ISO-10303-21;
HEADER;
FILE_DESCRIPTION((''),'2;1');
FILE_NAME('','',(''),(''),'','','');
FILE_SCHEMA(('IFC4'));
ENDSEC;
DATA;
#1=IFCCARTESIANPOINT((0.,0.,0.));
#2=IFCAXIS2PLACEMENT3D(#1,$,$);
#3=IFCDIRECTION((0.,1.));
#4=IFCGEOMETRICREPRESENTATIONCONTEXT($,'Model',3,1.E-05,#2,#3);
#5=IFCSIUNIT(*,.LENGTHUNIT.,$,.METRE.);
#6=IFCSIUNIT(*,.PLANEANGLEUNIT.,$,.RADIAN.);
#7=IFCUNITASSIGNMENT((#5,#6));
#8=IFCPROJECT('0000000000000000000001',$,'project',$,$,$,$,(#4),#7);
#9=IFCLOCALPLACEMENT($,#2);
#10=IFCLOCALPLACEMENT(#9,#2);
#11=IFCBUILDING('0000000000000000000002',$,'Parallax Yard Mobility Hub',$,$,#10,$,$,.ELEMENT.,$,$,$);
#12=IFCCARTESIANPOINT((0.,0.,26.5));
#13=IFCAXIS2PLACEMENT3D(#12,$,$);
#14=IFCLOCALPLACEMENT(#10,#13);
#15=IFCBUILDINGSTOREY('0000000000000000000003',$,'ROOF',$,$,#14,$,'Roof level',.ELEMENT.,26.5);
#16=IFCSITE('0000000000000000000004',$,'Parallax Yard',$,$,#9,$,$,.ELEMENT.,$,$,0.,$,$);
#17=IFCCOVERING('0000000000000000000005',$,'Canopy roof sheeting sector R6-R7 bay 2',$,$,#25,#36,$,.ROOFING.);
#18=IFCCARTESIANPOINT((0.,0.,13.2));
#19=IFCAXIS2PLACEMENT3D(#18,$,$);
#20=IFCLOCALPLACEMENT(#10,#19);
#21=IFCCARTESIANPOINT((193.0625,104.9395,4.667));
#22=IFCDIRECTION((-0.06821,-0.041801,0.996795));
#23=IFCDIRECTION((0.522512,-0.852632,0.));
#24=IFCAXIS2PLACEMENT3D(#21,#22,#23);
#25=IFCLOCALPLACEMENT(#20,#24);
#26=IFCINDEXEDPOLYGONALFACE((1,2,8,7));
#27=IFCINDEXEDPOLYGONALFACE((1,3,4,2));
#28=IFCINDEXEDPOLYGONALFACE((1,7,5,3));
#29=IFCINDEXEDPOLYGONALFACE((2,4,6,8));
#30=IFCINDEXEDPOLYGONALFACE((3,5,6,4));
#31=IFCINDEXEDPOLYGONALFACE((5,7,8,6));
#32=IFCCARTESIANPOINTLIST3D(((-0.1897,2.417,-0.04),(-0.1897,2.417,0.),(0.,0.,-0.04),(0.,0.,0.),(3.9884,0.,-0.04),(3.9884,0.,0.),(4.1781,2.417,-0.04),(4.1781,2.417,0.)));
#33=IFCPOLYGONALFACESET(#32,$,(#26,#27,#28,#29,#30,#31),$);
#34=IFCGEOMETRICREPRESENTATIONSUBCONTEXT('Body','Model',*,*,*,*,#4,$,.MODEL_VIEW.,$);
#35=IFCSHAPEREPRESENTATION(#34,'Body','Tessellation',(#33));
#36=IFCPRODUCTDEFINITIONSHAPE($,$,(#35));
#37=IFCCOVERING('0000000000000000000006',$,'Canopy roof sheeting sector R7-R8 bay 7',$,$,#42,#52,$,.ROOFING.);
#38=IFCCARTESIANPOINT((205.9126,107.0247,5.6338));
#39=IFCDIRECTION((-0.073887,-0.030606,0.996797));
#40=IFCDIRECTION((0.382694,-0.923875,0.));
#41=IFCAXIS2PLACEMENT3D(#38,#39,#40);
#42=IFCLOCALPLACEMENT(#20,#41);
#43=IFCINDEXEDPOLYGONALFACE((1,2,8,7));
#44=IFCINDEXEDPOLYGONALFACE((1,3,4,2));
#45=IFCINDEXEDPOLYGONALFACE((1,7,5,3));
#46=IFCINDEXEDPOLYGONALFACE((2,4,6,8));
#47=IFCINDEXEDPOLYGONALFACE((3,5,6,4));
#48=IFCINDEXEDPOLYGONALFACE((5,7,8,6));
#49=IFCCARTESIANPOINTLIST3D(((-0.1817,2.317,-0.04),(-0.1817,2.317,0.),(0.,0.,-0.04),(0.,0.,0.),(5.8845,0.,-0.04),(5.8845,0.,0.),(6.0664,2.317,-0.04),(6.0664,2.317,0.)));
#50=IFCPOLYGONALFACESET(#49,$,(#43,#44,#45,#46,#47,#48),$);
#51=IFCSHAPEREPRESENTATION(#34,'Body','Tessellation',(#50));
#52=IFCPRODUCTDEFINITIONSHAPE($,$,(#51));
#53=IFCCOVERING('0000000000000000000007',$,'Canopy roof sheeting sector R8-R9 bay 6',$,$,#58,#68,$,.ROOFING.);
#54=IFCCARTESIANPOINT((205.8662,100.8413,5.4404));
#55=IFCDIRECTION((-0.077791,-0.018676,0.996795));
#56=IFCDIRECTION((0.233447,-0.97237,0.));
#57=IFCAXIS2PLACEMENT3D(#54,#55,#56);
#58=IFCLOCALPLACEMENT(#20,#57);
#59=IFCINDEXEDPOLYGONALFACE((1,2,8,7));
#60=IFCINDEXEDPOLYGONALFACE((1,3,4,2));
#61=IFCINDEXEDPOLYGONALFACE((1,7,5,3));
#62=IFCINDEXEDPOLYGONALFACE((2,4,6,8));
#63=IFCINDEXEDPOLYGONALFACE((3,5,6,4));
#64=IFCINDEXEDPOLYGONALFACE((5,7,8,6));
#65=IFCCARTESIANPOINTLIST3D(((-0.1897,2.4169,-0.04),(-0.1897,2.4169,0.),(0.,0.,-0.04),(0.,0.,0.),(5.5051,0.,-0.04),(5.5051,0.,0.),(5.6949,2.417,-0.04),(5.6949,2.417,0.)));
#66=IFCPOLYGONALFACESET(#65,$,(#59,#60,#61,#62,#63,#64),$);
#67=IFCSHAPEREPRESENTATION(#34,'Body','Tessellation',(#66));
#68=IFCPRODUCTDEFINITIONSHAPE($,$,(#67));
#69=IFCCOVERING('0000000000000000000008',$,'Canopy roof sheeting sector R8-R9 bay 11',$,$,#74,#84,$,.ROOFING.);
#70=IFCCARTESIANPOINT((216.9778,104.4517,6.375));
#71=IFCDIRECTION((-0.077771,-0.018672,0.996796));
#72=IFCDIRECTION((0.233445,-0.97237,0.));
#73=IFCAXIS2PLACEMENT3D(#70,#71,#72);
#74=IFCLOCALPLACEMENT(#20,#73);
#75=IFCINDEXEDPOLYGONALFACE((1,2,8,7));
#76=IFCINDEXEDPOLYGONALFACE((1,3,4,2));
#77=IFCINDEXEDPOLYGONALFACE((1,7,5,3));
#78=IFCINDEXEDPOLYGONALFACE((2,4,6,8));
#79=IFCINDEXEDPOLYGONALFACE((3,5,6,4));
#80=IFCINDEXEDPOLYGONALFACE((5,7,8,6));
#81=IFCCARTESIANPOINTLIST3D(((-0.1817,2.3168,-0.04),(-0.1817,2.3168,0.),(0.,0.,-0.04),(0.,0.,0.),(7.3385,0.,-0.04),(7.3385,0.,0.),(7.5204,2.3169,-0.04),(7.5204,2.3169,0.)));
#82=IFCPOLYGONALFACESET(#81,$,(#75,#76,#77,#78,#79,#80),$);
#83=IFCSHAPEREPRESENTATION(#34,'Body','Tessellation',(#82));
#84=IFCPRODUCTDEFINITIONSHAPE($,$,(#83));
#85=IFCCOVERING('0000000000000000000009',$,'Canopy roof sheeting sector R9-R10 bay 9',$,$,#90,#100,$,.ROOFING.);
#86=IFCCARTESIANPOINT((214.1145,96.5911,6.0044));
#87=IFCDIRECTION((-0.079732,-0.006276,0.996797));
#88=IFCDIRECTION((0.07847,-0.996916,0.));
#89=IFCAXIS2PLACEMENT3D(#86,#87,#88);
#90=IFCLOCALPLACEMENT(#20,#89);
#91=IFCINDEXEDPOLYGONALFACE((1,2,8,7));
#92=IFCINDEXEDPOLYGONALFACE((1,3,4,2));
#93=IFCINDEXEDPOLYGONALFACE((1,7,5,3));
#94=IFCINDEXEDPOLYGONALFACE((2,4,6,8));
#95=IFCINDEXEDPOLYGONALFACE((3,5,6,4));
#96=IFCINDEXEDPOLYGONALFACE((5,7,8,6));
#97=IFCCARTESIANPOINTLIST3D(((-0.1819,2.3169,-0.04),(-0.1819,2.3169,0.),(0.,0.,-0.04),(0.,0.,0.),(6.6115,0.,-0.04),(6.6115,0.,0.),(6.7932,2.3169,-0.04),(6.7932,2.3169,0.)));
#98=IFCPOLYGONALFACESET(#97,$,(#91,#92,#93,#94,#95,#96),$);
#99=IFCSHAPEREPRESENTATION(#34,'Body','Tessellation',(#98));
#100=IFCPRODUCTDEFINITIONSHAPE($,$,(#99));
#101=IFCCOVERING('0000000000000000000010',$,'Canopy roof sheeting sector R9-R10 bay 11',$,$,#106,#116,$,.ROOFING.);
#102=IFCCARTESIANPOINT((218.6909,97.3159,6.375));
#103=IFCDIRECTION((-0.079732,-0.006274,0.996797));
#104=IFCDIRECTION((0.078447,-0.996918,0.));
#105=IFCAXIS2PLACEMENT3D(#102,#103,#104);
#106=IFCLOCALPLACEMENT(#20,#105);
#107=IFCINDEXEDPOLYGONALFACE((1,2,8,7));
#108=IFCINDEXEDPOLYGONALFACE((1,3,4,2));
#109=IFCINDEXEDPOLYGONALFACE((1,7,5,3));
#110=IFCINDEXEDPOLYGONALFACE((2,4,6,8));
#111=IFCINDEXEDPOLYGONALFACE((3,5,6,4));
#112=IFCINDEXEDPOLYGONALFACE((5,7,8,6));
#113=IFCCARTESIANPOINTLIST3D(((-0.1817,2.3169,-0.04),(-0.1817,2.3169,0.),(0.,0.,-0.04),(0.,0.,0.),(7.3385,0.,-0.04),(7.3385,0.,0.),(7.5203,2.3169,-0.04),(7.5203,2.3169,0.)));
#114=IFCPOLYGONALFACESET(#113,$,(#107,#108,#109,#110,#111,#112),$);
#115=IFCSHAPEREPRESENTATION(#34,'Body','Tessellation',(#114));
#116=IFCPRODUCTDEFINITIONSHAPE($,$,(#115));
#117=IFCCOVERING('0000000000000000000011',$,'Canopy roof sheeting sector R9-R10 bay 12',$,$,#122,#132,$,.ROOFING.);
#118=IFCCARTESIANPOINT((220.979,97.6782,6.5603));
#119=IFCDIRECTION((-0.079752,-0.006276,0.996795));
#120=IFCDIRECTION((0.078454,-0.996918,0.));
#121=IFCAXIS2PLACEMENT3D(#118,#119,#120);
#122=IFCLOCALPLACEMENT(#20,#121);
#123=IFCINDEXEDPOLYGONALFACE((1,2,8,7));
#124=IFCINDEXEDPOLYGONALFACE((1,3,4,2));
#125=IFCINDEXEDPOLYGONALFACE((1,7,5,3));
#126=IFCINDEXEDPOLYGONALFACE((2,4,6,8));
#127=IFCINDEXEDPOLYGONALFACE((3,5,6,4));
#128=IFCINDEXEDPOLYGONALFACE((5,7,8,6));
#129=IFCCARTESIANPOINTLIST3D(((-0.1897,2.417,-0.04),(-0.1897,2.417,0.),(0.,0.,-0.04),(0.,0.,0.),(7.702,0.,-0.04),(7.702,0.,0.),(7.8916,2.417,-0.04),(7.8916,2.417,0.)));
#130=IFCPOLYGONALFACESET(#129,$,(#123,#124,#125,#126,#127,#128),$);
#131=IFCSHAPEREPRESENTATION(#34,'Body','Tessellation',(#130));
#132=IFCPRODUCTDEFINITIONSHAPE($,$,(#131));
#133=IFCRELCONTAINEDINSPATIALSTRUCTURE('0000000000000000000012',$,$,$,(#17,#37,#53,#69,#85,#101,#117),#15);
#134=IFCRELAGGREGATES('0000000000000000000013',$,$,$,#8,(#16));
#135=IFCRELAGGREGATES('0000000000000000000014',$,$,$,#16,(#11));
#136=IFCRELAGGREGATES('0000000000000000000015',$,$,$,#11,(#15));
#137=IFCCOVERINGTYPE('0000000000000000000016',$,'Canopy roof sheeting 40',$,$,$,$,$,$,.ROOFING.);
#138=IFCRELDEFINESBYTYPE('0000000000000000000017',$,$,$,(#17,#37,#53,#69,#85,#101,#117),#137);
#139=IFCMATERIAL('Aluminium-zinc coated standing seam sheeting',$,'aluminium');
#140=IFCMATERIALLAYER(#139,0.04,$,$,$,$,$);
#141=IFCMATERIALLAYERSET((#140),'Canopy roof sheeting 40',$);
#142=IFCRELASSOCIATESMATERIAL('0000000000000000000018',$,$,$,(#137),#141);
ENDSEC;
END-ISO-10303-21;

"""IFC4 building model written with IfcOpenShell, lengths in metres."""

from ifc_helpers import new_model, si_unit, direction, frame, origin, place, context, subcontext, project, spatial, polyline, outline, extrude, material, layer, layer_set, type_object, element, save


model = new_model("IFC4")

# Units and contexts
model_context = context("Model", 3, precision=1e-05, world=origin(), true_north=direction((0.0, 1.0)))
body_context = subcontext(model_context, "Body", "Model", "MODEL_VIEW")
ifc_project = project(units=[si_unit("LENGTHUNIT", "METRE"), si_unit("PLANEANGLEUNIT", "RADIAN")], contexts=[model_context])

# Site, building, storey
site_placement = place(None, origin())
site = spatial("IfcSite", under=ifc_project, at=site_placement, Name="Parallax Yard", CompositionType="ELEMENT", RefElevation=0.0)
building_placement = place(site_placement, origin())
building = spatial("IfcBuilding", under=site, at=building_placement, Name="Parallax Yard Mobility Hub", CompositionType="ELEMENT")
storey_placement = place(building_placement, frame((0.0, 0.0, 26.5)))
storey = spatial("IfcBuildingStorey", under=building, at=storey_placement, Name="ROOF", LongName="Roof level", CompositionType="ELEMENT", Elevation=26.5)

# Coverings
ifc_material = material(Name="Aluminium-zinc coated standing seam sheeting", Category="aluminium")
ifc_layer = layer(ifc_material, 0.04)
ifc_layer_set = layer_set([ifc_layer], Name="Canopy roof sheeting 40")
covering_type = type_object("IfcCoveringType", Name="Canopy roof sheeting 40", PredefinedType="ROOFING", material=ifc_layer_set)
placement = place(building_placement, frame((0.0, 0.0, 13.2)))
covering_1_placement = place(placement, frame((193.0625, 104.9395, 4.667), z_axis=(-0.06821, -0.041801, 0.996795), x_axis=(0.522512, -0.852632, 0.0)))
element("IfcCovering", 1, at=covering_1_placement, inside=storey, type_object=covering_type, Name="Canopy roof sheeting sector R6-R7 bay 2", PredefinedType="ROOFING", context=body_context, shape_type="SweptSolid", body=[
    extrude(outline(polyline([(0.0, 0.0), (3.9884, 0.0), (4.1781, 2.417), (-0.1897, 2.417), (0.0, 0.0)])), origin(), (0.0, 0.0, -1.0), 0.04),
])
covering_2_placement = place(placement, frame((205.9126, 107.0247, 5.6338), z_axis=(-0.073887, -0.030606, 0.996797), x_axis=(0.382694, -0.923875, 0.0)))
element("IfcCovering", 2, at=covering_2_placement, inside=storey, type_object=covering_type, Name="Canopy roof sheeting sector R7-R8 bay 7", PredefinedType="ROOFING", context=body_context, shape_type="SweptSolid", body=[
    extrude(outline(polyline([(0.0, 0.0), (5.8845, 0.0), (6.0664, 2.317), (-0.1817, 2.317), (0.0, 0.0)])), origin(), (0.0, 0.0, -1.0), 0.04),
])
covering_3_placement = place(placement, frame((205.8662, 100.8413, 5.4404), z_axis=(-0.077791, -0.018676, 0.996795), x_axis=(0.233447, -0.97237, 0.0)))
element("IfcCovering", 3, at=covering_3_placement, inside=storey, type_object=covering_type, Name="Canopy roof sheeting sector R8-R9 bay 6", PredefinedType="ROOFING", context=body_context, shape_type="SweptSolid", body=[
    extrude(outline(polyline([(0.0, 0.0), (5.5051, 0.0), (5.6949, 2.417), (-0.1897, 2.4169), (0.0, 0.0)])), origin(), (0.0, 0.0, -1.0), 0.04),
])
covering_4_placement = place(placement, frame((216.9778, 104.4517, 6.375), z_axis=(-0.077771, -0.018672, 0.996796), x_axis=(0.233445, -0.97237, 0.0)))
element("IfcCovering", 4, at=covering_4_placement, inside=storey, type_object=covering_type, Name="Canopy roof sheeting sector R8-R9 bay 11", PredefinedType="ROOFING", context=body_context, shape_type="SweptSolid", body=[
    extrude(outline(polyline([(0.0, 0.0), (7.3385, 0.0), (7.5204, 2.3169), (-0.1817, 2.3168), (0.0, 0.0)])), origin(), (0.0, 0.0, -1.0), 0.04),
])
covering_5_placement = place(placement, frame((214.1145, 96.5911, 6.0044), z_axis=(-0.079732, -0.006276, 0.996797), x_axis=(0.07847, -0.996916, 0.0)))
element("IfcCovering", 5, at=covering_5_placement, inside=storey, type_object=covering_type, Name="Canopy roof sheeting sector R9-R10 bay 9", PredefinedType="ROOFING", context=body_context, shape_type="SweptSolid", body=[
    extrude(outline(polyline([(0.0, 0.0), (6.6115, 0.0), (6.7932, 2.3169), (-0.1819, 2.3169), (0.0, 0.0)])), origin(), (0.0, 0.0, -1.0), 0.04),
])
covering_6_placement = place(placement, frame((218.6909, 97.3159, 6.375), z_axis=(-0.079732, -0.006274, 0.996797), x_axis=(0.078447, -0.996918, 0.0)))
element("IfcCovering", 6, at=covering_6_placement, inside=storey, type_object=covering_type, Name="Canopy roof sheeting sector R9-R10 bay 11", PredefinedType="ROOFING", context=body_context, shape_type="SweptSolid", body=[
    extrude(outline(polyline([(0.0, 0.0), (7.3385, 0.0), (7.5203, 2.3169), (-0.1817, 2.3169), (0.0, 0.0)])), origin(), (0.0, 0.0, -1.0), 0.04),
])
covering_7_placement = place(placement, frame((220.979, 97.6782, 6.5603), z_axis=(-0.079752, -0.006276, 0.996795), x_axis=(0.078454, -0.996918, 0.0)))
element("IfcCovering", 7, at=covering_7_placement, inside=storey, type_object=covering_type, Name="Canopy roof sheeting sector R9-R10 bay 12", PredefinedType="ROOFING", context=body_context, shape_type="SweptSolid", body=[
    extrude(outline(polyline([(0.0, 0.0), (7.702, 0.0), (7.8916, 2.417), (-0.1897, 2.417), (0.0, 0.0)])), origin(), (0.0, 0.0, -1.0), 0.04),
])

save(model, "model.ifc")
